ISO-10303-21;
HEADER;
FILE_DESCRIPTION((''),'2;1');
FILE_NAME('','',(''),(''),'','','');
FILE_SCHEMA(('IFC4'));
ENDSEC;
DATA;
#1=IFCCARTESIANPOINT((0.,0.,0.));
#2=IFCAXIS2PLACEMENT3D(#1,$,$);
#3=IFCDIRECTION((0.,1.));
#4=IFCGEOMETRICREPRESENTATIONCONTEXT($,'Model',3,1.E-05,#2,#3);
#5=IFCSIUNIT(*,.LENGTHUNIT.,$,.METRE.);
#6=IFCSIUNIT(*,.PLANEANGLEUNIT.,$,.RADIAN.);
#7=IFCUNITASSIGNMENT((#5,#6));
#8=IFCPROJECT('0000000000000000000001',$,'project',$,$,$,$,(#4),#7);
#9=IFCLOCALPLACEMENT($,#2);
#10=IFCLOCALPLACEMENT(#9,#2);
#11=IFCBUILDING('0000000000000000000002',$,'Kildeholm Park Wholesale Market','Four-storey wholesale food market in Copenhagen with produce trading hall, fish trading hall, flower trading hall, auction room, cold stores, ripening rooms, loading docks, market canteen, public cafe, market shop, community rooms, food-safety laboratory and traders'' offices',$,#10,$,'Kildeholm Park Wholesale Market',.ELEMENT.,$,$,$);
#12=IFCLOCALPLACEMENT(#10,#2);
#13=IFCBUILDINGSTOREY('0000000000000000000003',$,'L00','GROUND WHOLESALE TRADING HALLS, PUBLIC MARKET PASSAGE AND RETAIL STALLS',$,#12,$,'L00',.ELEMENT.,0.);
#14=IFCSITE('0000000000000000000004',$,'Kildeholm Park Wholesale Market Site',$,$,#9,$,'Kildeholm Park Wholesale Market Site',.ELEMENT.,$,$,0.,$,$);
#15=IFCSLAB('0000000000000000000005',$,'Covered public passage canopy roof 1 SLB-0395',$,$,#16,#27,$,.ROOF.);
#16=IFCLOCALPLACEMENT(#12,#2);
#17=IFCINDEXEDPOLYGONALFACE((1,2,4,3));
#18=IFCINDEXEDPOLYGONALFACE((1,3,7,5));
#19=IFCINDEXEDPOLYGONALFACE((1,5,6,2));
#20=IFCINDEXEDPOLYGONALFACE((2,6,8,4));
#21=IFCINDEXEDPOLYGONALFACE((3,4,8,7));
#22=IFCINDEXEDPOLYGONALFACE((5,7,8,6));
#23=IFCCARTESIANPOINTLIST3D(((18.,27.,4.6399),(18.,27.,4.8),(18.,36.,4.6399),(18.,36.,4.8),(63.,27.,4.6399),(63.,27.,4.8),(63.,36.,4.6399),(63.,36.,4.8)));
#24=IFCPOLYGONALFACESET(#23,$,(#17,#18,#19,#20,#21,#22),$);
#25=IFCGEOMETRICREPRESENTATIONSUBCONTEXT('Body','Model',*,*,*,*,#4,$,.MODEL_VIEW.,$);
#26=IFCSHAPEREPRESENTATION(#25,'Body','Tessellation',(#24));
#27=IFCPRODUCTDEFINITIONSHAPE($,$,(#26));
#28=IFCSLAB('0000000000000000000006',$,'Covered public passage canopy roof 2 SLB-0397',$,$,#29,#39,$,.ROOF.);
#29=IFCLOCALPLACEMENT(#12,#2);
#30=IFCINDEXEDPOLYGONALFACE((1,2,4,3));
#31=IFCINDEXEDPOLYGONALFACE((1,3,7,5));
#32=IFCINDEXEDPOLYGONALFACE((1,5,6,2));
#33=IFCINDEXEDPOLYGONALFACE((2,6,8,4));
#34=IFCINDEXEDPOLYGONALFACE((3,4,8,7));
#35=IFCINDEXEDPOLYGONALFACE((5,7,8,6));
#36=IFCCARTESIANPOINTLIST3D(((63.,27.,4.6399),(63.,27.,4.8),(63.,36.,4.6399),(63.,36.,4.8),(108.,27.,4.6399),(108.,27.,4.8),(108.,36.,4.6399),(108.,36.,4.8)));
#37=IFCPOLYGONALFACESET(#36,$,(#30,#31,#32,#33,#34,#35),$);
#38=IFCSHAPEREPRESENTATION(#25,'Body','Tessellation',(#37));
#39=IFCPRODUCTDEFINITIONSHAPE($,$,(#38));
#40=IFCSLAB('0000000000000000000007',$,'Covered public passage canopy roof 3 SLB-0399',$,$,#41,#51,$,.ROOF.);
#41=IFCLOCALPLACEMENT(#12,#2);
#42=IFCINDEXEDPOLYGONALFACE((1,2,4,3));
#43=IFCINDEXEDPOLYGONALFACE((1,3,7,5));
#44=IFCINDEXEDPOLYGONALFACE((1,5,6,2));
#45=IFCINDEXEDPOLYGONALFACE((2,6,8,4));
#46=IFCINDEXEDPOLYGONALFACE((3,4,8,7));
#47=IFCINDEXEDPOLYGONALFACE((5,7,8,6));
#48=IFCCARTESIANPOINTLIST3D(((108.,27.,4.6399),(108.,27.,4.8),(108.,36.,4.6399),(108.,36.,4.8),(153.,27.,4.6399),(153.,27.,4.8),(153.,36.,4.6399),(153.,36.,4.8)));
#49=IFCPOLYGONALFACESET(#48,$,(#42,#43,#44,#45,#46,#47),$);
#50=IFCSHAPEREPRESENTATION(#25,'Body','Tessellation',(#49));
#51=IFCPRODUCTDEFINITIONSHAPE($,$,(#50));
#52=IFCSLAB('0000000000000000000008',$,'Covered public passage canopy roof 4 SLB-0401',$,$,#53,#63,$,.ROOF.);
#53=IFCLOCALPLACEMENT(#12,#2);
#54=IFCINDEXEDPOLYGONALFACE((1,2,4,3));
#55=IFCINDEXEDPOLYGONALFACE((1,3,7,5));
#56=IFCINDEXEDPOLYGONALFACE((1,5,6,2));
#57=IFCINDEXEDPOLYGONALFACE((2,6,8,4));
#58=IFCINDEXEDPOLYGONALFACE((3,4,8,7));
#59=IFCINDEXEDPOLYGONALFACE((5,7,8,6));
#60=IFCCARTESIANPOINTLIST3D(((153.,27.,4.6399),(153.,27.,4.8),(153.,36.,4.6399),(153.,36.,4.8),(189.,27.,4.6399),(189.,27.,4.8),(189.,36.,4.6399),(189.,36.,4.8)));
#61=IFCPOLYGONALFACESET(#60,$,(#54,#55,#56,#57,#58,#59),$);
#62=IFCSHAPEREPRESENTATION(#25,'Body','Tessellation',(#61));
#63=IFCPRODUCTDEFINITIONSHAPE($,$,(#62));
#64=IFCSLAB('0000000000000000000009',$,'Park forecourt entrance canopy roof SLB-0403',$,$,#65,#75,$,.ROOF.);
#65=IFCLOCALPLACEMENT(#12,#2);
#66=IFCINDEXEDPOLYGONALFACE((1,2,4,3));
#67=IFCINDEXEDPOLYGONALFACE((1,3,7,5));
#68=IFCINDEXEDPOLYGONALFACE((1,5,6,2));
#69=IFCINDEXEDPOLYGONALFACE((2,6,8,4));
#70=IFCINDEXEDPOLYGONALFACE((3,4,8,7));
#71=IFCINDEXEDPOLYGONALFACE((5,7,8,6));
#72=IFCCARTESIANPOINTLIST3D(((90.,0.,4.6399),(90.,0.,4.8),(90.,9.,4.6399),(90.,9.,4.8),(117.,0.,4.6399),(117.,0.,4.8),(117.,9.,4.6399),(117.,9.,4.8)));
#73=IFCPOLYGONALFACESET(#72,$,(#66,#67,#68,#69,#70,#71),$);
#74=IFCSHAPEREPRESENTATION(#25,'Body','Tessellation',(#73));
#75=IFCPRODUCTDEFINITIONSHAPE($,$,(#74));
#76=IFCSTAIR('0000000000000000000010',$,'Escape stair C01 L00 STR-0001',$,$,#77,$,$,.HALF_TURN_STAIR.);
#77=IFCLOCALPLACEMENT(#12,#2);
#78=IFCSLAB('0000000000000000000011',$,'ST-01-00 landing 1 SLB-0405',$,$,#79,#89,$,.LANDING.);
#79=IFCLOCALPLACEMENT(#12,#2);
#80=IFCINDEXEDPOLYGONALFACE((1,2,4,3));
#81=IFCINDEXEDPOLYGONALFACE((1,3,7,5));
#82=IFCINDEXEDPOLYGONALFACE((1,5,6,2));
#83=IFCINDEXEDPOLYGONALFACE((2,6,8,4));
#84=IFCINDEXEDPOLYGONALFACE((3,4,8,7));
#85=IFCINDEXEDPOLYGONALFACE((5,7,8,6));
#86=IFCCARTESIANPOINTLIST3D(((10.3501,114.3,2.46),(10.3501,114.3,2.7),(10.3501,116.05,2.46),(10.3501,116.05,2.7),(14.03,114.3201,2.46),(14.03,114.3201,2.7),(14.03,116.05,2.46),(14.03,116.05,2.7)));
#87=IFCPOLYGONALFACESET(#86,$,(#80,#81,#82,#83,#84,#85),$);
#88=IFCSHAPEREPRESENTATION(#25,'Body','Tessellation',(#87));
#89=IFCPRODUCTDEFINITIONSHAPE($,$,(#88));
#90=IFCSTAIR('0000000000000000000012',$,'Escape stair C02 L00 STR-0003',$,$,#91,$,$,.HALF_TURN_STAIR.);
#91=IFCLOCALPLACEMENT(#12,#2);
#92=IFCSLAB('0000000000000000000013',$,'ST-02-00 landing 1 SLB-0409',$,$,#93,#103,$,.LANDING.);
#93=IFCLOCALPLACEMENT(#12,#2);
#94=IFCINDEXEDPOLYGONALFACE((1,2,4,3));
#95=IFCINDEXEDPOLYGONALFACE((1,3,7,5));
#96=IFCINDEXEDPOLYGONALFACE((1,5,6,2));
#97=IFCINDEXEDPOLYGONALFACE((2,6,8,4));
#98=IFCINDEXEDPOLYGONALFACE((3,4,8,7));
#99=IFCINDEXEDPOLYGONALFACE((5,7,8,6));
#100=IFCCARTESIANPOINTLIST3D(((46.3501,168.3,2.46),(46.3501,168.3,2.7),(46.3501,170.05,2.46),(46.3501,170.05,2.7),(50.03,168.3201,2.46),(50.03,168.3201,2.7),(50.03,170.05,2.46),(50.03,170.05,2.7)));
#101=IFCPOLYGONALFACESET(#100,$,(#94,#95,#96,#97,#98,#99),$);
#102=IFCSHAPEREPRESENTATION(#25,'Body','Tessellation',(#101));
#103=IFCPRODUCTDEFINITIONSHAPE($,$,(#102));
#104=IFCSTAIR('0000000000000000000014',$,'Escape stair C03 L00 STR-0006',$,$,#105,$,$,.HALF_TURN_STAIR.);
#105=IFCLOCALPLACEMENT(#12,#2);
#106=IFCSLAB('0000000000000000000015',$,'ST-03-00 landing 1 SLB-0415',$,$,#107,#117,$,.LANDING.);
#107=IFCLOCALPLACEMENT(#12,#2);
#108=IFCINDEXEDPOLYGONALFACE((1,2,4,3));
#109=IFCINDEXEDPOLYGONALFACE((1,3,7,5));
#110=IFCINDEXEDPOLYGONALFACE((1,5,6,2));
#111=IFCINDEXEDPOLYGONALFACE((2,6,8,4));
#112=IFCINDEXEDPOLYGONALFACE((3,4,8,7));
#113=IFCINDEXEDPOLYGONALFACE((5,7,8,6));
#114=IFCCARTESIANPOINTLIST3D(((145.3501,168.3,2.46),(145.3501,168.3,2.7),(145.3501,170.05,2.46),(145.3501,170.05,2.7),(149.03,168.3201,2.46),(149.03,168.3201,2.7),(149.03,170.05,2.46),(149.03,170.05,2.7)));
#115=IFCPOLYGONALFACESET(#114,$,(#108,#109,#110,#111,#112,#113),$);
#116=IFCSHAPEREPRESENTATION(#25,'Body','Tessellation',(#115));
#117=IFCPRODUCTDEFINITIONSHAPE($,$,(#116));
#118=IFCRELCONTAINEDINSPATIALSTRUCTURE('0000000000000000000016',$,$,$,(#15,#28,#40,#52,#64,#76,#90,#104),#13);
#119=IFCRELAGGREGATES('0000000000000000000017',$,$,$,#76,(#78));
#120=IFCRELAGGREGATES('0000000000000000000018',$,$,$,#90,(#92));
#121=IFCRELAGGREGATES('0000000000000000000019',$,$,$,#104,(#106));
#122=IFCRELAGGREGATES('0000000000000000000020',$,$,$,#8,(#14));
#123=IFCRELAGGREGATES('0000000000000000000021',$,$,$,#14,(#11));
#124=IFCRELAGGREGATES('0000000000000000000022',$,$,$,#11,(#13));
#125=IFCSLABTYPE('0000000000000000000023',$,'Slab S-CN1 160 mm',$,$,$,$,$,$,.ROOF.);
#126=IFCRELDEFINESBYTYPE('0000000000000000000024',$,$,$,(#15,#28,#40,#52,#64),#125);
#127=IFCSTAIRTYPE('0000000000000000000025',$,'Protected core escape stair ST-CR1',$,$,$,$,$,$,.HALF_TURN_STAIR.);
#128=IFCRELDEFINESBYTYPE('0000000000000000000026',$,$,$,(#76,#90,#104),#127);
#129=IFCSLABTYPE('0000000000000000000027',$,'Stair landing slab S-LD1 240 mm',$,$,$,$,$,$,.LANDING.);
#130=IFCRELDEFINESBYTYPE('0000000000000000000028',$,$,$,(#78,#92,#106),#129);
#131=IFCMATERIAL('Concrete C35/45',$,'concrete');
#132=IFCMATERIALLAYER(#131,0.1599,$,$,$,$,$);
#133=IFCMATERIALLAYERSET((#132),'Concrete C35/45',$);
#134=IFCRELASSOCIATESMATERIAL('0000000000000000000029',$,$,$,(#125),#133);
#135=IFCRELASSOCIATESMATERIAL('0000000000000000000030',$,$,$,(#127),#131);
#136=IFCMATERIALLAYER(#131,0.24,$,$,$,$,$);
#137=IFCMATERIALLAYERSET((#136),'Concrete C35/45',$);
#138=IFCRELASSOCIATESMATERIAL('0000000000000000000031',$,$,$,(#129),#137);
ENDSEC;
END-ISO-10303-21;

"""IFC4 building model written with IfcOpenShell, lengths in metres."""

from ifc_helpers import new_model, si_unit, direction, frame, origin, place, context, subcontext, project, spatial, polyline, outline, extrude, material, layer, layer_set, type_object, element, aggregate, save


model = new_model("IFC4")

# Units and contexts
model_context = context("Model", 3, precision=1e-05, world=origin(), true_north=direction((0.0, 1.0)))
body_context = subcontext(model_context, "Body", "Model", "MODEL_VIEW")
ifc_project = project(units=[si_unit("LENGTHUNIT", "METRE"), si_unit("PLANEANGLEUNIT", "RADIAN")], contexts=[model_context])

# Site, building, storey
site_placement = place(None, origin())
site = spatial("IfcSite", under=ifc_project, at=site_placement, Name="Kildeholm Park Wholesale Market Site", LongName="Kildeholm Park Wholesale Market Site", CompositionType="ELEMENT", RefElevation=0.0)
building_placement = place(site_placement, origin())
building = spatial("IfcBuilding", under=site, at=building_placement, Name="Kildeholm Park Wholesale Market", Description="Four-storey wholesale food market in Copenhagen with produce trading hall, fish trading hall, flower trading hall, auction room, cold stores, ripening rooms, loading docks, market canteen, public cafe, market shop, community rooms, food-safety laboratory and traders' offices", LongName="Kildeholm Park Wholesale Market", CompositionType="ELEMENT")
storey_placement = place(building_placement, origin())
storey = spatial("IfcBuildingStorey", under=building, at=storey_placement, Name="L00", Description="GROUND WHOLESALE TRADING HALLS, PUBLIC MARKET PASSAGE AND RETAIL STALLS", LongName="L00", CompositionType="ELEMENT", Elevation=0.0)

# Shared definitions
ifc_material_1 = material(Name="Concrete C35/45", Category="concrete")

# Slabs
ifc_layer_1 = layer(ifc_material_1, 0.1599)
ifc_layer_set_1 = layer_set([ifc_layer_1], Name="Concrete C35/45")
slab_type_1 = type_object("IfcSlabType", Name="Slab S-CN1 160 mm", PredefinedType="ROOF", material=ifc_layer_set_1)
slab_1_placement = place(storey_placement, frame((0.0, 0.0, 4.6399)))
element("IfcSlab", 1, at=slab_1_placement, inside=storey, type_object=slab_type_1, Name="Covered public passage canopy roof 1 SLB-0395", PredefinedType="ROOF", context=body_context, shape_type="SweptSolid", body=[
    extrude(outline(polyline([(18.0, 27.0), (63.0, 27.0), (63.0, 36.0), (18.0, 36.0), (18.0, 27.0)])), origin(), (0.0, 0.0, 1.0), 0.1602),
])
slab_2_placement = place(storey_placement, frame((0.0, 0.0, 4.6399)))
element("IfcSlab", 2, at=slab_2_placement, inside=storey, type_object=slab_type_1, Name="Covered public passage canopy roof 2 SLB-0397", PredefinedType="ROOF", context=body_context, shape_type="SweptSolid", body=[
    extrude(outline(polyline([(63.0, 27.0), (108.0, 27.0), (108.0, 36.0), (63.0, 36.0), (63.0, 27.0)])), origin(), (0.0, 0.0, 1.0), 0.1602),
])
slab_3_placement = place(storey_placement, frame((0.0, 0.0, 4.6399)))
element("IfcSlab", 3, at=slab_3_placement, inside=storey, type_object=slab_type_1, Name="Covered public passage canopy roof 3 SLB-0399", PredefinedType="ROOF", context=body_context, shape_type="SweptSolid", body=[
    extrude(outline(polyline([(108.0, 27.0), (153.0, 27.0), (153.0, 36.0), (108.0, 36.0), (108.0, 27.0)])), origin(), (0.0, 0.0, 1.0), 0.1602),
])
slab_4_placement = place(storey_placement, frame((0.0, 0.0, 4.6399)))
element("IfcSlab", 4, at=slab_4_placement, inside=storey, type_object=slab_type_1, Name="Covered public passage canopy roof 4 SLB-0401", PredefinedType="ROOF", context=body_context, shape_type="SweptSolid", body=[
    extrude(outline(polyline([(153.0, 27.0), (189.0, 27.0), (189.0, 36.0), (153.0, 36.0), (153.0, 27.0)])), origin(), (0.0, 0.0, 1.0), 0.1602),
])
slab_5_placement = place(storey_placement, frame((0.0, 0.0, 4.6399)))
element("IfcSlab", 5, at=slab_5_placement, inside=storey, type_object=slab_type_1, Name="Park forecourt entrance canopy roof SLB-0403", PredefinedType="ROOF", context=body_context, shape_type="SweptSolid", body=[
    extrude(outline(polyline([(90.0, 0.0), (117.0, 0.0), (117.0, 9.0), (90.0, 9.0), (90.0, 0.0)])), origin(), (0.0, 0.0, 1.0), 0.1602),
])

# Stairs, slabs
stair_type = type_object("IfcStairType", Name="Protected core escape stair ST-CR1", PredefinedType="HALF_TURN_STAIR", material=ifc_material_1)
stair_1_placement = place(storey_placement, origin())
stair_1 = element("IfcStair", 6, at=stair_1_placement, inside=storey, type_object=stair_type, Name="Escape stair C01 L00 STR-0001", PredefinedType="HALF_TURN_STAIR")
ifc_layer_2 = layer(ifc_material_1, 0.24)
ifc_layer_set_2 = layer_set([ifc_layer_2], Name="Concrete C35/45")
slab_type_2 = type_object("IfcSlabType", Name="Stair landing slab S-LD1 240 mm", PredefinedType="LANDING", material=ifc_layer_set_2)
slab_6_placement = place(storey_placement, frame((0.0, 0.0, 2.46)))
slab_6 = element("IfcSlab", 7, at=slab_6_placement, type_object=slab_type_2, Name="ST-01-00 landing 1 SLB-0405", PredefinedType="LANDING", context=body_context, shape_type="SweptSolid", body=[
    extrude(outline(polyline([(10.3501, 114.3), (14.03, 114.3201), (14.03, 116.05), (10.3501, 116.05), (10.3501, 114.3)])), origin(), (0.0, 0.0, 1.0), 0.24),
])
aggregate(stair_1, [slab_6])
stair_2_placement = place(storey_placement, origin())
stair_2 = element("IfcStair", 8, at=stair_2_placement, inside=storey, type_object=stair_type, Name="Escape stair C02 L00 STR-0003", PredefinedType="HALF_TURN_STAIR")
slab_7_placement = place(storey_placement, frame((0.0, 0.0, 2.46)))
slab_7 = element("IfcSlab", 9, at=slab_7_placement, type_object=slab_type_2, Name="ST-02-00 landing 1 SLB-0409", PredefinedType="LANDING", context=body_context, shape_type="SweptSolid", body=[
    extrude(outline(polyline([(46.3501, 168.3), (50.03, 168.3201), (50.03, 170.05), (46.3501, 170.05), (46.3501, 168.3)])), origin(), (0.0, 0.0, 1.0), 0.24),
])
aggregate(stair_2, [slab_7])
stair_3_placement = place(storey_placement, origin())
stair_3 = element("IfcStair", 10, at=stair_3_placement, inside=storey, type_object=stair_type, Name="Escape stair C03 L00 STR-0006", PredefinedType="HALF_TURN_STAIR")
slab_8_placement = place(storey_placement, frame((0.0, 0.0, 2.46)))
slab_8 = element("IfcSlab", 11, at=slab_8_placement, type_object=slab_type_2, Name="ST-03-00 landing 1 SLB-0415", PredefinedType="LANDING", context=body_context, shape_type="SweptSolid", body=[
    extrude(outline(polyline([(145.3501, 168.3), (149.03, 168.3201), (149.03, 170.05), (145.3501, 170.05), (145.3501, 168.3)])), origin(), (0.0, 0.0, 1.0), 0.24),
])
aggregate(stair_3, [slab_8])

save(model, "model.ifc")
